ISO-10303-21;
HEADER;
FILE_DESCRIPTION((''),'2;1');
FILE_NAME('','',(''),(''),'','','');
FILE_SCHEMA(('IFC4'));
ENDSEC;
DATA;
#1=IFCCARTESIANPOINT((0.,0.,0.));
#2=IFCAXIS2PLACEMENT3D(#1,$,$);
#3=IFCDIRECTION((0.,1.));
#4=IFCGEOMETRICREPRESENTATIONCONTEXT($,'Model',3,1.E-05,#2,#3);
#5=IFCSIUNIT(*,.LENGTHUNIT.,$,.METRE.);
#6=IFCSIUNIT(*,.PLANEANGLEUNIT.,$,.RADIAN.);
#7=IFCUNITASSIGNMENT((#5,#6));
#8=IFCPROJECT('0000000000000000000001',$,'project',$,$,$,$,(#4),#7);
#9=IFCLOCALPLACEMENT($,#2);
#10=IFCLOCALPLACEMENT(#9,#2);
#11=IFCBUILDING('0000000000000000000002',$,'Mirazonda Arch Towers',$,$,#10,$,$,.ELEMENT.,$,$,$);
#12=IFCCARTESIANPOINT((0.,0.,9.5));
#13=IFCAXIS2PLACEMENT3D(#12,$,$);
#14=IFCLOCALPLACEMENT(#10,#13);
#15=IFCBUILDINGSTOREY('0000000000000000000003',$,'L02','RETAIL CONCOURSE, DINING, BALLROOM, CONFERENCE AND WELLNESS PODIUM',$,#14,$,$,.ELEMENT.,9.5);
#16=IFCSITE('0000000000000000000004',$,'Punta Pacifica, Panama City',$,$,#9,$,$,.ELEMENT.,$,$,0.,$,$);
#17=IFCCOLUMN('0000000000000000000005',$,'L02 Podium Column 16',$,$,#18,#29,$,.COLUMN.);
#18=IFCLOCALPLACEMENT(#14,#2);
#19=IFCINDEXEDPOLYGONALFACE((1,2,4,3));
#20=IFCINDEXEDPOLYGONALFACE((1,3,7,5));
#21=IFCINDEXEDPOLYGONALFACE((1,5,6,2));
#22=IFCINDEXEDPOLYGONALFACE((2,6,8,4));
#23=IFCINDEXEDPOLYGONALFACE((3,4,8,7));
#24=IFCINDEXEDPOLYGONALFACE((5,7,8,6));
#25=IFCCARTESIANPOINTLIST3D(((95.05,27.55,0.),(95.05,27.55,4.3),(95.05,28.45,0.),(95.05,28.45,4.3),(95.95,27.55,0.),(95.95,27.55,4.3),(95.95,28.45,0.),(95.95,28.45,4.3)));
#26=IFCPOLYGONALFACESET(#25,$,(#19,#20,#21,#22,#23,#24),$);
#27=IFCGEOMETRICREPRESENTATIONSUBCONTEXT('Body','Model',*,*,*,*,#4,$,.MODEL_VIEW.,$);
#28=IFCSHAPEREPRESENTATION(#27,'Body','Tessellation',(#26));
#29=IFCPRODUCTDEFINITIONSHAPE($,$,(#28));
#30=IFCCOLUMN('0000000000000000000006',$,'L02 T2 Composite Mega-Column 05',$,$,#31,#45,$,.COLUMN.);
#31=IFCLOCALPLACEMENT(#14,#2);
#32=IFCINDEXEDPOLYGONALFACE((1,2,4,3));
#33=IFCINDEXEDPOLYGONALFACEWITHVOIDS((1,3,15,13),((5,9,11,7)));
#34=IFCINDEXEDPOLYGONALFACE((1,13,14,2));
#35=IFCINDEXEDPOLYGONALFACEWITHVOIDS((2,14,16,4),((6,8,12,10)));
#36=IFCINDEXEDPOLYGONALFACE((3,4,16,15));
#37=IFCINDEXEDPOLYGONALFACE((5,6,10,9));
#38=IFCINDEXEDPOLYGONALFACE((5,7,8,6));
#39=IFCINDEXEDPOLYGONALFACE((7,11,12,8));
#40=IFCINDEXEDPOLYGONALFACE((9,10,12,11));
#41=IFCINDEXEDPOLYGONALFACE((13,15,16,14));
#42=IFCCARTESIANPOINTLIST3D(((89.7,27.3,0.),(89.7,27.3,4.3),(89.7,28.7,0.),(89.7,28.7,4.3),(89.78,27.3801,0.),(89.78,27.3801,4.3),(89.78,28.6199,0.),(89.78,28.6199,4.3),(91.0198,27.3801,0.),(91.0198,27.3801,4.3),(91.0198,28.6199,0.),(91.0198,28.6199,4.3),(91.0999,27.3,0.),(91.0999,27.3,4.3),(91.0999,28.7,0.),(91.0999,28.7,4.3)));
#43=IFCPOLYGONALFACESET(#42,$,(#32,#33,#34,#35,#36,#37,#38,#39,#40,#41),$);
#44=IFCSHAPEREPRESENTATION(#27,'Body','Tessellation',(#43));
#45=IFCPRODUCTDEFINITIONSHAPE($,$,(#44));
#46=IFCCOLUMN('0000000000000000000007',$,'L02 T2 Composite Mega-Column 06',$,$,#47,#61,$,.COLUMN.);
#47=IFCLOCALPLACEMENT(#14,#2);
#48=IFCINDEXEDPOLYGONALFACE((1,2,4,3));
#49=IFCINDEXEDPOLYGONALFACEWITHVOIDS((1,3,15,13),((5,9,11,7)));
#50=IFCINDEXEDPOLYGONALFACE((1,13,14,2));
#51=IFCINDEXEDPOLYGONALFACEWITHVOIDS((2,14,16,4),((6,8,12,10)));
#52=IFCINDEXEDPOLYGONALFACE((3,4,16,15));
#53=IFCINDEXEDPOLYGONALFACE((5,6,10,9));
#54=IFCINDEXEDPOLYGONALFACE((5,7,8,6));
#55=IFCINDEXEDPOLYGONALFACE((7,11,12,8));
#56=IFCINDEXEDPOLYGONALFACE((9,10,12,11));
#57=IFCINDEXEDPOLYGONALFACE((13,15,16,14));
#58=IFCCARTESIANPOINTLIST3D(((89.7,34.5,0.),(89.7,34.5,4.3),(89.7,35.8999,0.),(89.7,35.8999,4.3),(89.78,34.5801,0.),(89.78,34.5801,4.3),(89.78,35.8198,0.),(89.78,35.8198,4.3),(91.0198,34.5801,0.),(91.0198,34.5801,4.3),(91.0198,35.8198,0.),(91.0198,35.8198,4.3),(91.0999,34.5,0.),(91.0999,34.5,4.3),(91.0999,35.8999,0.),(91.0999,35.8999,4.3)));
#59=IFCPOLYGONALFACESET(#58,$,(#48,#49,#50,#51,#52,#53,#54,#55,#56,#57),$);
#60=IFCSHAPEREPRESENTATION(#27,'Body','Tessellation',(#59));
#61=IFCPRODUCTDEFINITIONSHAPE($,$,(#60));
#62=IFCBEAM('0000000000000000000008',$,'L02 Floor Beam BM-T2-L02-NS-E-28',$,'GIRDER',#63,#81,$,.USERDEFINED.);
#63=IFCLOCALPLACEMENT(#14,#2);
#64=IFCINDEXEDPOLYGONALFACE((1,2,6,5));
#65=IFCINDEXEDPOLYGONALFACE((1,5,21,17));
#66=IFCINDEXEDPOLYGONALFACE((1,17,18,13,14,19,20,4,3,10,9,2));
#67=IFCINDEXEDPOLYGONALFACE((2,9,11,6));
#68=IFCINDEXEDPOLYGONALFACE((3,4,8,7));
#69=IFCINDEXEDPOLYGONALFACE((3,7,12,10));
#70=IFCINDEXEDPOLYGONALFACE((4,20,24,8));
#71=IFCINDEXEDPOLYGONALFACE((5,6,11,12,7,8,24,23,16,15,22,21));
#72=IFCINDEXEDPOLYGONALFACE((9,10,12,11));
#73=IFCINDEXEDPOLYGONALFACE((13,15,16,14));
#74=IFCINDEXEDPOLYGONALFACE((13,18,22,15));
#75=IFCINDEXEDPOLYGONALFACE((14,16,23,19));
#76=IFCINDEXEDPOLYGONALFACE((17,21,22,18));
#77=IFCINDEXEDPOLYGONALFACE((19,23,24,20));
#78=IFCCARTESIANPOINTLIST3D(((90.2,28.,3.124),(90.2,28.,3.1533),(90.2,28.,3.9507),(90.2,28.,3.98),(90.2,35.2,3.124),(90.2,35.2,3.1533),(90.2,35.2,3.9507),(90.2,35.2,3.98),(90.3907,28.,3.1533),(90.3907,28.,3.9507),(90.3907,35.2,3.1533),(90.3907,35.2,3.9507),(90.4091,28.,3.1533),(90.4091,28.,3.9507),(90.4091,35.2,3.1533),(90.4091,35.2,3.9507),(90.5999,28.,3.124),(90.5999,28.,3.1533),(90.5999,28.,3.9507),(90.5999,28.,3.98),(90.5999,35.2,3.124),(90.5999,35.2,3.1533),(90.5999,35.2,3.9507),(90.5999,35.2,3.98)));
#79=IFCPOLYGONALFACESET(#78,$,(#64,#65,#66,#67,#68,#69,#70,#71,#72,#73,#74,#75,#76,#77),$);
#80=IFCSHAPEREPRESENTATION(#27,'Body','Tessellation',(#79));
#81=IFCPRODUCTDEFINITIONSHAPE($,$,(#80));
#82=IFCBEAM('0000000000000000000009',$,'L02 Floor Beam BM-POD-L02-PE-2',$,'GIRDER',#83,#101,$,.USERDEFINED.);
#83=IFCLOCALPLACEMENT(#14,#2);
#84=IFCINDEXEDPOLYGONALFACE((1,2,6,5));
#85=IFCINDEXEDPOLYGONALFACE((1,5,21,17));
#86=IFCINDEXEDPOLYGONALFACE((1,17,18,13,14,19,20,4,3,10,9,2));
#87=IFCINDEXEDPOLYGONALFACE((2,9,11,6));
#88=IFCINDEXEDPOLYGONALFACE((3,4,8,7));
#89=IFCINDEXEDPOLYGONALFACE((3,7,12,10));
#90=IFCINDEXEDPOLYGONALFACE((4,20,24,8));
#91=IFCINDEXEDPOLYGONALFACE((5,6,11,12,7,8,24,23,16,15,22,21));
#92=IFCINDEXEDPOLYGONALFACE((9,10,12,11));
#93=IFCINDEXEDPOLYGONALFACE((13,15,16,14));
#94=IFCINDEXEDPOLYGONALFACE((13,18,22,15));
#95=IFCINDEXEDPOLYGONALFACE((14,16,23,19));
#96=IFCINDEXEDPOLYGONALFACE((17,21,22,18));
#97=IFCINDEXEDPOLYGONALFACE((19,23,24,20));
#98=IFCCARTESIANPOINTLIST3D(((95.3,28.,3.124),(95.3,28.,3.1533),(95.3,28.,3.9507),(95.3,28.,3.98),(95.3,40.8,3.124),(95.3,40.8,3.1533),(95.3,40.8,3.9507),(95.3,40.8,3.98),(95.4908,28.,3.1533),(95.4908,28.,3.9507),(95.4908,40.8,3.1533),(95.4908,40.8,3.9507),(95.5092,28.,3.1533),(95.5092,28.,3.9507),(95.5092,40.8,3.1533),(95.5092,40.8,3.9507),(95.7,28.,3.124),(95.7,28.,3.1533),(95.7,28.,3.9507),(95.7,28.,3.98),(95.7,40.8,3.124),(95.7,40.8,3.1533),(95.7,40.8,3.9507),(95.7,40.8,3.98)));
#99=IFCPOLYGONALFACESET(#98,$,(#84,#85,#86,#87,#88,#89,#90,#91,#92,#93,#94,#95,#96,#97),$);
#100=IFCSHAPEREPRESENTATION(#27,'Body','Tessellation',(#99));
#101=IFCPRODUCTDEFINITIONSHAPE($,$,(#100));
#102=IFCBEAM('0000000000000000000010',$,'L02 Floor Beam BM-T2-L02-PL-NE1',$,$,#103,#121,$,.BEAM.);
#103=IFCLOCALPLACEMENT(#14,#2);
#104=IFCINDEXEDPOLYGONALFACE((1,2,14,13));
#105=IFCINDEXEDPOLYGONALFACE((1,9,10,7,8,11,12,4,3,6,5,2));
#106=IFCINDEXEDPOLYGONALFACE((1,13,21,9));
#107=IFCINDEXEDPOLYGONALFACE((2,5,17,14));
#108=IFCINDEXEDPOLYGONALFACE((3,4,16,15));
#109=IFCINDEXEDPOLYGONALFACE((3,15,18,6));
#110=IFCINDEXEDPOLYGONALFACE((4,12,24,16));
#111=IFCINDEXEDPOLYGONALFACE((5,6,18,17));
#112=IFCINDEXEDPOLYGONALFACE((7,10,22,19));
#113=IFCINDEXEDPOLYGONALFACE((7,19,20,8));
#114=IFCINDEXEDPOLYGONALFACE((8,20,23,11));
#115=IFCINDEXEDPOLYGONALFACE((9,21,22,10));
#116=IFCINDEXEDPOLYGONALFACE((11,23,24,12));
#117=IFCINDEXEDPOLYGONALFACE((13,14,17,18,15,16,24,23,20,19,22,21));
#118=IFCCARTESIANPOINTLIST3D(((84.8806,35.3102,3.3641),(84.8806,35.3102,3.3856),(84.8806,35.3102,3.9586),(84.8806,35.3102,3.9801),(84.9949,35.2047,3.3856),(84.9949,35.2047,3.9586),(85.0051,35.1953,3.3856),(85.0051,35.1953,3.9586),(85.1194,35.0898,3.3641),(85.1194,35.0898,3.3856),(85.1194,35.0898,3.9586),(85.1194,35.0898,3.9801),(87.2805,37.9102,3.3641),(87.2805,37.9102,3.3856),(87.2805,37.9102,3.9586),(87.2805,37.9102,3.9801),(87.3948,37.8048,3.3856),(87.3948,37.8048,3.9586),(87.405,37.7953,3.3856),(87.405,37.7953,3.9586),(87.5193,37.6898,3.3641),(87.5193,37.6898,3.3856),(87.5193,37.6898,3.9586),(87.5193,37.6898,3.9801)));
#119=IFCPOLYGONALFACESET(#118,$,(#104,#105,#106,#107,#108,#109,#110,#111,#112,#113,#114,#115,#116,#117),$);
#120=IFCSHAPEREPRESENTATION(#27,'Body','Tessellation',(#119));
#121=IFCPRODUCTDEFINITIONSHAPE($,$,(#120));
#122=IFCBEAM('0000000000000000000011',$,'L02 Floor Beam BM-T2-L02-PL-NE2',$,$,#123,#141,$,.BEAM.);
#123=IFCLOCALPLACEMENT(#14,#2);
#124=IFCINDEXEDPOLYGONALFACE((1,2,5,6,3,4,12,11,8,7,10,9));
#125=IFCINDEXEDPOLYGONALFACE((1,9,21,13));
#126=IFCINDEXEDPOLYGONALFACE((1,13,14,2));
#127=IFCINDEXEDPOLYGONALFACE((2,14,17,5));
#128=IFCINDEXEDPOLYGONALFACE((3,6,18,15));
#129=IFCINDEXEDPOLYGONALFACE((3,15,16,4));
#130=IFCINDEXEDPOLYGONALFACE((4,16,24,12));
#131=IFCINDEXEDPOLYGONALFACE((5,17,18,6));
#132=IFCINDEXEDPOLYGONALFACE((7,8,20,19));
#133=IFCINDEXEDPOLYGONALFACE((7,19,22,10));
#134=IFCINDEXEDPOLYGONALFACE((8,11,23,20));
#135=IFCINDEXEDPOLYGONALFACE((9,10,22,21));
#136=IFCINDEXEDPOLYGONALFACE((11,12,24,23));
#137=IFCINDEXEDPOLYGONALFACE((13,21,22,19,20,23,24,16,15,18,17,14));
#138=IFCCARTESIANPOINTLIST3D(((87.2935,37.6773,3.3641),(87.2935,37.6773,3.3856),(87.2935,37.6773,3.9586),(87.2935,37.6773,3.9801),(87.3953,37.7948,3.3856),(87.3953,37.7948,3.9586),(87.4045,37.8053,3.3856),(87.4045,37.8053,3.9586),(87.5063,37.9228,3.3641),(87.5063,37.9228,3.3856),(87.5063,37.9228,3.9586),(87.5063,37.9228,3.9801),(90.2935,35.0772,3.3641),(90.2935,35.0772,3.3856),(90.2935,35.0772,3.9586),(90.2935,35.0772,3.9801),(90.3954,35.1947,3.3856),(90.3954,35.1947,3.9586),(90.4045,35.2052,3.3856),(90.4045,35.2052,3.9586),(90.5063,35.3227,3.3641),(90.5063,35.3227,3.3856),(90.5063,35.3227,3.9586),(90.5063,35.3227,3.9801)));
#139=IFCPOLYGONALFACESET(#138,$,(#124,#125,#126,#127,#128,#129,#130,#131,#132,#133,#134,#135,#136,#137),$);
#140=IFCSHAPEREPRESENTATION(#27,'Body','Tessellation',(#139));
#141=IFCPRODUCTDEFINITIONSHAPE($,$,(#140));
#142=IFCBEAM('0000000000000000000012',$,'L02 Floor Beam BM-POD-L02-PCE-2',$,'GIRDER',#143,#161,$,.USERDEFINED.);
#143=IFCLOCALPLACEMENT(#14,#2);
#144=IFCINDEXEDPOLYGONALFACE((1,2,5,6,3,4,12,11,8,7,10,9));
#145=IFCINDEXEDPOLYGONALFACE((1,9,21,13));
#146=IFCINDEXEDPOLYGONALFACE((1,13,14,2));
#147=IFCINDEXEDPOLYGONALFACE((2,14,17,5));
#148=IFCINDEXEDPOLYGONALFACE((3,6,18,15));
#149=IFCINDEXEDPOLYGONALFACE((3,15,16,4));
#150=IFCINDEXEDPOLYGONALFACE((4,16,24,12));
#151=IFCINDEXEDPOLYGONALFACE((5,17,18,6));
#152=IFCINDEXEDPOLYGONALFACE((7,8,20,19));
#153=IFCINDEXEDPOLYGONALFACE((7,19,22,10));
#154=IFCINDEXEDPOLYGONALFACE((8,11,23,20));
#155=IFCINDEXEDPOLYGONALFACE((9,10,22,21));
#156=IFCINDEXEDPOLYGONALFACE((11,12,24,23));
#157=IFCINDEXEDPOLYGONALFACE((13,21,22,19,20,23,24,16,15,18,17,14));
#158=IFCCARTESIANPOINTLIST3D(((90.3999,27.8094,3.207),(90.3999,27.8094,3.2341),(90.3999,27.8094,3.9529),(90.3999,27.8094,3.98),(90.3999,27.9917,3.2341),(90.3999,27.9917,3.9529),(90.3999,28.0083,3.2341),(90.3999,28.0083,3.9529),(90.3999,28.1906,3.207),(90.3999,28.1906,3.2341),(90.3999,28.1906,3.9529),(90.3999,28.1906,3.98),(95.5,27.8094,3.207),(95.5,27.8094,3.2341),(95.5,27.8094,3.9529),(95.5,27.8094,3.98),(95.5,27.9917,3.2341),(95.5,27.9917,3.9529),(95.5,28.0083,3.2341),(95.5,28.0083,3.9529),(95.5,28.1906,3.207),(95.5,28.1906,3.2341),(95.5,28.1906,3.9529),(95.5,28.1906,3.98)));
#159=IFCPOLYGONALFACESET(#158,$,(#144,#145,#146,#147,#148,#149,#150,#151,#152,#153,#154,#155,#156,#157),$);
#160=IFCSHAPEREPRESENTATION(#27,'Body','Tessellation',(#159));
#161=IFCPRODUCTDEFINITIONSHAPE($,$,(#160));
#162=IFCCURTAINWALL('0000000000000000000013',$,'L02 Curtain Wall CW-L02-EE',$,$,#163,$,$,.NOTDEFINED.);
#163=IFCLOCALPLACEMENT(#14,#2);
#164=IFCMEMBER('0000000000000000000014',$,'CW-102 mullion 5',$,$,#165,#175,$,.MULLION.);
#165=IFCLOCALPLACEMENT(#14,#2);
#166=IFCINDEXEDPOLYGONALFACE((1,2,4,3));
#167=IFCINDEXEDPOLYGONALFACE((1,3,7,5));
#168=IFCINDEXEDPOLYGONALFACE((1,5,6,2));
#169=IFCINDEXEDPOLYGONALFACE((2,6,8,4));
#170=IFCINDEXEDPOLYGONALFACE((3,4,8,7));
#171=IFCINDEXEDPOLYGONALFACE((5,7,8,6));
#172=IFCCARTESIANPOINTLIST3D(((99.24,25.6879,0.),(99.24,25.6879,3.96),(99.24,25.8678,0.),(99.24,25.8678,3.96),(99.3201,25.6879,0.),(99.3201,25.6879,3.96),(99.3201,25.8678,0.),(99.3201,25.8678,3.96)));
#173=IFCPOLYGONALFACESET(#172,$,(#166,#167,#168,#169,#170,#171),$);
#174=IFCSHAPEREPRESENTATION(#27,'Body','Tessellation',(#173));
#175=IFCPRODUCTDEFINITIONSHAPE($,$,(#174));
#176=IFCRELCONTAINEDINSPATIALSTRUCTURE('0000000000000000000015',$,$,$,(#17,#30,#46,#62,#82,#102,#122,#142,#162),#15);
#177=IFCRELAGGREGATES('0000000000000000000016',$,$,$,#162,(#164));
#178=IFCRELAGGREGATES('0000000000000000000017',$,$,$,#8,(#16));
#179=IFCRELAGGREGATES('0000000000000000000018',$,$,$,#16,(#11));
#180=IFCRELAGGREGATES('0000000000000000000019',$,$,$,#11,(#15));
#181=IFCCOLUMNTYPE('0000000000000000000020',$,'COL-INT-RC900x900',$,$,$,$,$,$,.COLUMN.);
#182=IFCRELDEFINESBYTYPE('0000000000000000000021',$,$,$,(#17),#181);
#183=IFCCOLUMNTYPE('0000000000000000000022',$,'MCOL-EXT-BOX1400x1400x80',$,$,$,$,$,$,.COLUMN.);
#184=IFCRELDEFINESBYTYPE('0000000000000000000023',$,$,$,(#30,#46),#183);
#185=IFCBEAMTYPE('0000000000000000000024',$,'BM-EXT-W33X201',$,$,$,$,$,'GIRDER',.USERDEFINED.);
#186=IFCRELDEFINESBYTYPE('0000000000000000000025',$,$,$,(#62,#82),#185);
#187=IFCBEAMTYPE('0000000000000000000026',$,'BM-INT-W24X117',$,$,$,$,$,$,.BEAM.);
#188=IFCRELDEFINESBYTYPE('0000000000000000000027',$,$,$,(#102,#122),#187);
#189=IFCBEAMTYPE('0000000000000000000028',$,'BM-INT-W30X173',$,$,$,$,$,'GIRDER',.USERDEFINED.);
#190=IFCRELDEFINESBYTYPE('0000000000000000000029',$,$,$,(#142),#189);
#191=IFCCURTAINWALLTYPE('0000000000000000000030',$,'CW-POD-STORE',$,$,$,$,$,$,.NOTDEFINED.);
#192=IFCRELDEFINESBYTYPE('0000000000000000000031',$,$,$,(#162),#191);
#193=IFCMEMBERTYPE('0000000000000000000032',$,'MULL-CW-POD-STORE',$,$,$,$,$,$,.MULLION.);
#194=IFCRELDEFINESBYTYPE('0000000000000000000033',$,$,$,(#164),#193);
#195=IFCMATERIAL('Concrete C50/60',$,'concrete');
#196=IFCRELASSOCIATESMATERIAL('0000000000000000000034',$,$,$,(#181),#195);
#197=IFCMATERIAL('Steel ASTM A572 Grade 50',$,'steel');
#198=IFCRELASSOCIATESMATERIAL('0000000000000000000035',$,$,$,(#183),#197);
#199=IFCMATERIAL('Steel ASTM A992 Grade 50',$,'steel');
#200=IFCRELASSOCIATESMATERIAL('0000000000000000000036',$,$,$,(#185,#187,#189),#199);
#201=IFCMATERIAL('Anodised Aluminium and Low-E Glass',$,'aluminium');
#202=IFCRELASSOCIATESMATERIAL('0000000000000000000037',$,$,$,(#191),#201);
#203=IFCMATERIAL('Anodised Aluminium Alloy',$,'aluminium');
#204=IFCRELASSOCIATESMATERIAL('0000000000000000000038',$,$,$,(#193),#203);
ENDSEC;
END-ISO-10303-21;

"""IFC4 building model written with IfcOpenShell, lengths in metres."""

from ifc_helpers import new_model, si_unit, direction, frame, origin, origin_2d, place, context, subcontext, project, spatial, rectangle, hollow_rectangle, i_section, extrude, material, material_profile, profile_set, type_object, element, aggregate, save


model = new_model("IFC4")

# Units and contexts
model_context = context("Model", 3, precision=1e-05, world=origin(), true_north=direction((0.0, 1.0)))
body_context = subcontext(model_context, "Body", "Model", "MODEL_VIEW")
ifc_project = project(units=[si_unit("LENGTHUNIT", "METRE"), si_unit("PLANEANGLEUNIT", "RADIAN")], contexts=[model_context])

# Site, building, storey
site_placement = place(None, origin())
site = spatial("IfcSite", under=ifc_project, at=site_placement, Name="Punta Pacifica, Panama City", CompositionType="ELEMENT", RefElevation=0.0)
building_placement = place(site_placement, origin())
building = spatial("IfcBuilding", under=site, at=building_placement, Name="Mirazonda Arch Towers", CompositionType="ELEMENT")
storey_placement = place(building_placement, frame((0.0, 0.0, 9.5)))
storey = spatial("IfcBuildingStorey", under=building, at=storey_placement, Name="L02", Description="RETAIL CONCOURSE, DINING, BALLROOM, CONFERENCE AND WELLNESS PODIUM", CompositionType="ELEMENT", Elevation=9.5)

# Columns
ifc_material_1 = material(Name="Concrete C50/60", Category="concrete")
ifc_material_profile_1 = material_profile(ifc_material_1, rectangle(XDim=0.8999, YDim=0.8999, at=origin_2d()), Name="RC900x900")
ifc_profile_set_1 = profile_set([ifc_material_profile_1], Name="Concrete C50/60")
column_type_1 = type_object("IfcColumnType", Name="COL-INT-RC900x900", PredefinedType="COLUMN", material=ifc_profile_set_1)
column_placement = place(storey_placement, frame((95.5, 28.0, 0.0), z_axis=(0.0, 0.0, 1.0), x_axis=(1.0, 0.0, 0.0)))
element("IfcColumn", 1, at=column_placement, inside=storey, type_object=column_type_1, Name="L02 Podium Column 16", PredefinedType="COLUMN", context=body_context, shape_type="SweptSolid", body=[
    extrude(rectangle(XDim=0.8999, YDim=0.8999, at=origin_2d()), origin(), (0.0, 0.0, 1.0), 4.3),
])
ifc_material_2 = material(Name="Steel ASTM A572 Grade 50", Category="steel")
ifc_material_profile_2 = material_profile(ifc_material_2, hollow_rectangle(XDim=1.3999, YDim=1.3999, WallThickness=0.0801, at=origin_2d()), Name="BOX1400x1400x80")
ifc_profile_set_2 = profile_set([ifc_material_profile_2], Name="Steel ASTM A572 Grade 50")
column_type_2 = type_object("IfcColumnType", Name="MCOL-EXT-BOX1400x1400x80", PredefinedType="COLUMN", material=ifc_profile_set_2)
for number, where, z_axis, x_axis, name in (
    (2, (90.3999, 28.0, 0.0), (0.0, 0.0, 1.0), (1.0, 0.0, 0.0), "L02 T2 Composite Mega-Column 05"),
    (3, (90.3999, 35.2, 0.0), (0.0, 0.0, 1.0), (1.0, 0.0, 0.0), "L02 T2 Composite Mega-Column 06"),
):
    element("IfcColumn", number, at=place(storey_placement, frame(where, z_axis=z_axis, x_axis=x_axis)), inside=storey, type_object=column_type_2, Name=name, PredefinedType="COLUMN", context=body_context, shape_type="SweptSolid", body=[
        extrude(hollow_rectangle(XDim=1.3999, YDim=1.3999, WallThickness=0.0801, at=origin_2d()), origin(), (0.0, 0.0, 1.0), 4.3),
    ])

# Beams
ifc_material_3 = material(Name="Steel ASTM A992 Grade 50", Category="steel")
ifc_material_profile_3 = material_profile(ifc_material_3, i_section(OverallWidth=0.3999, OverallDepth=0.856, WebThickness=0.0183, FlangeThickness=0.0293, at=origin_2d()), Name="W33X201")
ifc_profile_set_3 = profile_set([ifc_material_profile_3], Name="Steel ASTM A992 Grade 50")
beam_type_1 = type_object("IfcBeamType", Name="BM-EXT-W33X201", ElementType="GIRDER", PredefinedType="USERDEFINED", material=ifc_profile_set_3)
beam_1_placement = place(storey_placement, frame((90.3999, 28.0, 3.552), z_axis=(0.0, 1.0, 0.0), x_axis=(-1.0, 0.0, 0.0)))
element("IfcBeam", 4, at=beam_1_placement, inside=storey, type_object=beam_type_1, Name="L02 Floor Beam BM-T2-L02-NS-E-28", ObjectType="GIRDER", PredefinedType="USERDEFINED", context=body_context, shape_type="SweptSolid", body=[
    extrude(i_section(OverallWidth=0.3999, OverallDepth=0.856, WebThickness=0.0183, FlangeThickness=0.0293, at=origin_2d()), origin(), (0.0, 0.0, 1.0), 7.2),
])
beam_2_placement = place(storey_placement, frame((95.5, 28.0, 3.552), z_axis=(0.0, 1.0, 0.0), x_axis=(-1.0, 0.0, 0.0)))
element("IfcBeam", 5, at=beam_2_placement, inside=storey, type_object=beam_type_1, Name="L02 Floor Beam BM-POD-L02-PE-2", ObjectType="GIRDER", PredefinedType="USERDEFINED", context=body_context, shape_type="SweptSolid", body=[
    extrude(i_section(OverallWidth=0.3999, OverallDepth=0.856, WebThickness=0.0183, FlangeThickness=0.0293, at=origin_2d()), origin(), (0.0, 0.0, 1.0), 12.8),
])
ifc_material_profile_4 = material_profile(ifc_material_3, i_section(OverallWidth=0.325, OverallDepth=0.616, WebThickness=0.0139, FlangeThickness=0.0215, at=origin_2d()), Name="W24X117")
ifc_profile_set_4 = profile_set([ifc_material_profile_4], Name="Steel ASTM A992 Grade 50")
beam_type_2 = type_object("IfcBeamType", Name="BM-INT-W24X117", PredefinedType="BEAM", material=ifc_profile_set_4)
beam_3_placement = place(storey_placement, frame((87.3999, 37.8, 3.6721), z_axis=(-0.678251, -0.73483, 0.0), x_axis=(0.73483, -0.678251, 0.0)))
element("IfcBeam", 6, at=beam_3_placement, inside=storey, type_object=beam_type_2, Name="L02 Floor Beam BM-T2-L02-PL-NE1", PredefinedType="BEAM", context=body_context, shape_type="SweptSolid", body=[
    extrude(i_section(OverallWidth=0.325, OverallDepth=0.616, WebThickness=0.0139, FlangeThickness=0.0215, at=origin_2d()), origin(), (0.0, 0.0, 1.0), 3.5383),
])
beam_4_placement = place(storey_placement, frame((87.3999, 37.8, 3.6721), z_axis=(0.755677, -0.654945, 0.0), x_axis=(0.654945, 0.755677, 0.0)))
element("IfcBeam", 7, at=beam_4_placement, inside=storey, type_object=beam_type_2, Name="L02 Floor Beam BM-T2-L02-PL-NE2", PredefinedType="BEAM", context=body_context, shape_type="SweptSolid", body=[
    extrude(i_section(OverallWidth=0.325, OverallDepth=0.616, WebThickness=0.0139, FlangeThickness=0.0215, at=origin_2d()), origin(), (0.0, 0.0, 1.0), 3.97),
])
ifc_material_profile_5 = material_profile(ifc_material_3, i_section(OverallWidth=0.3811, OverallDepth=0.7729, WebThickness=0.0166, FlangeThickness=0.0271, at=origin_2d()), Name="W30X173")
ifc_profile_set_5 = profile_set([ifc_material_profile_5], Name="Steel ASTM A992 Grade 50")
beam_type_3 = type_object("IfcBeamType", Name="BM-INT-W30X173", ElementType="GIRDER", PredefinedType="USERDEFINED", material=ifc_profile_set_5)
beam_5_placement = place(storey_placement, frame((90.3999, 28.0, 3.5935), z_axis=(1.0, 0.0, 0.0), x_axis=(0.0, 1.0, 0.0)))
element("IfcBeam", 8, at=beam_5_placement, inside=storey, type_object=beam_type_3, Name="L02 Floor Beam BM-POD-L02-PCE-2", ObjectType="GIRDER", PredefinedType="USERDEFINED", context=body_context, shape_type="SweptSolid", body=[
    extrude(i_section(OverallWidth=0.3811, OverallDepth=0.7729, WebThickness=0.0166, FlangeThickness=0.0271, at=origin_2d()), origin(), (0.0, 0.0, 1.0), 5.1001),
])

# Curtain wall, member
ifc_material_4 = material(Name="Anodised Aluminium and Low-E Glass", Category="aluminium")
curtain_wall_type = type_object("IfcCurtainWallType", Name="CW-POD-STORE", PredefinedType="NOTDEFINED", material=ifc_material_4)
curtain_wall_placement = place(storey_placement, origin())
curtain_wall = element("IfcCurtainWall", 9, at=curtain_wall_placement, inside=storey, type_object=curtain_wall_type, Name="L02 Curtain Wall CW-L02-EE", PredefinedType="NOTDEFINED")
ifc_material_5 = material(Name="Anodised Aluminium Alloy", Category="aluminium")
ifc_material_profile_6 = material_profile(ifc_material_5, rectangle(XDim=0.0801, YDim=0.1799, at=origin_2d()), Name="ALU-MULL-80x180")
ifc_profile_set_6 = profile_set([ifc_material_profile_6], Name="Anodised Aluminium Alloy")
member_type_1 = type_object("IfcMemberType", Name="MULL-CW-POD-STORE", PredefinedType="MULLION", material=ifc_profile_set_6)
member_1_placement = place(storey_placement, frame((99.28, 25.7778, 0.0), z_axis=(0.0, 0.0, 1.0), x_axis=(-1.0, 0.0, 0.0)))
member_1 = element("IfcMember", 10, at=member_1_placement, type_object=member_type_1, Name="CW-102 mullion 5", PredefinedType="MULLION", context=body_context, shape_type="SweptSolid", body=[
    extrude(rectangle(XDim=0.0801, YDim=0.1799, at=origin_2d()), origin(), (0.0, 0.0, 1.0), 3.96),
])
aggregate(curtain_wall, [member_1])

save(model, "model.ifc")
